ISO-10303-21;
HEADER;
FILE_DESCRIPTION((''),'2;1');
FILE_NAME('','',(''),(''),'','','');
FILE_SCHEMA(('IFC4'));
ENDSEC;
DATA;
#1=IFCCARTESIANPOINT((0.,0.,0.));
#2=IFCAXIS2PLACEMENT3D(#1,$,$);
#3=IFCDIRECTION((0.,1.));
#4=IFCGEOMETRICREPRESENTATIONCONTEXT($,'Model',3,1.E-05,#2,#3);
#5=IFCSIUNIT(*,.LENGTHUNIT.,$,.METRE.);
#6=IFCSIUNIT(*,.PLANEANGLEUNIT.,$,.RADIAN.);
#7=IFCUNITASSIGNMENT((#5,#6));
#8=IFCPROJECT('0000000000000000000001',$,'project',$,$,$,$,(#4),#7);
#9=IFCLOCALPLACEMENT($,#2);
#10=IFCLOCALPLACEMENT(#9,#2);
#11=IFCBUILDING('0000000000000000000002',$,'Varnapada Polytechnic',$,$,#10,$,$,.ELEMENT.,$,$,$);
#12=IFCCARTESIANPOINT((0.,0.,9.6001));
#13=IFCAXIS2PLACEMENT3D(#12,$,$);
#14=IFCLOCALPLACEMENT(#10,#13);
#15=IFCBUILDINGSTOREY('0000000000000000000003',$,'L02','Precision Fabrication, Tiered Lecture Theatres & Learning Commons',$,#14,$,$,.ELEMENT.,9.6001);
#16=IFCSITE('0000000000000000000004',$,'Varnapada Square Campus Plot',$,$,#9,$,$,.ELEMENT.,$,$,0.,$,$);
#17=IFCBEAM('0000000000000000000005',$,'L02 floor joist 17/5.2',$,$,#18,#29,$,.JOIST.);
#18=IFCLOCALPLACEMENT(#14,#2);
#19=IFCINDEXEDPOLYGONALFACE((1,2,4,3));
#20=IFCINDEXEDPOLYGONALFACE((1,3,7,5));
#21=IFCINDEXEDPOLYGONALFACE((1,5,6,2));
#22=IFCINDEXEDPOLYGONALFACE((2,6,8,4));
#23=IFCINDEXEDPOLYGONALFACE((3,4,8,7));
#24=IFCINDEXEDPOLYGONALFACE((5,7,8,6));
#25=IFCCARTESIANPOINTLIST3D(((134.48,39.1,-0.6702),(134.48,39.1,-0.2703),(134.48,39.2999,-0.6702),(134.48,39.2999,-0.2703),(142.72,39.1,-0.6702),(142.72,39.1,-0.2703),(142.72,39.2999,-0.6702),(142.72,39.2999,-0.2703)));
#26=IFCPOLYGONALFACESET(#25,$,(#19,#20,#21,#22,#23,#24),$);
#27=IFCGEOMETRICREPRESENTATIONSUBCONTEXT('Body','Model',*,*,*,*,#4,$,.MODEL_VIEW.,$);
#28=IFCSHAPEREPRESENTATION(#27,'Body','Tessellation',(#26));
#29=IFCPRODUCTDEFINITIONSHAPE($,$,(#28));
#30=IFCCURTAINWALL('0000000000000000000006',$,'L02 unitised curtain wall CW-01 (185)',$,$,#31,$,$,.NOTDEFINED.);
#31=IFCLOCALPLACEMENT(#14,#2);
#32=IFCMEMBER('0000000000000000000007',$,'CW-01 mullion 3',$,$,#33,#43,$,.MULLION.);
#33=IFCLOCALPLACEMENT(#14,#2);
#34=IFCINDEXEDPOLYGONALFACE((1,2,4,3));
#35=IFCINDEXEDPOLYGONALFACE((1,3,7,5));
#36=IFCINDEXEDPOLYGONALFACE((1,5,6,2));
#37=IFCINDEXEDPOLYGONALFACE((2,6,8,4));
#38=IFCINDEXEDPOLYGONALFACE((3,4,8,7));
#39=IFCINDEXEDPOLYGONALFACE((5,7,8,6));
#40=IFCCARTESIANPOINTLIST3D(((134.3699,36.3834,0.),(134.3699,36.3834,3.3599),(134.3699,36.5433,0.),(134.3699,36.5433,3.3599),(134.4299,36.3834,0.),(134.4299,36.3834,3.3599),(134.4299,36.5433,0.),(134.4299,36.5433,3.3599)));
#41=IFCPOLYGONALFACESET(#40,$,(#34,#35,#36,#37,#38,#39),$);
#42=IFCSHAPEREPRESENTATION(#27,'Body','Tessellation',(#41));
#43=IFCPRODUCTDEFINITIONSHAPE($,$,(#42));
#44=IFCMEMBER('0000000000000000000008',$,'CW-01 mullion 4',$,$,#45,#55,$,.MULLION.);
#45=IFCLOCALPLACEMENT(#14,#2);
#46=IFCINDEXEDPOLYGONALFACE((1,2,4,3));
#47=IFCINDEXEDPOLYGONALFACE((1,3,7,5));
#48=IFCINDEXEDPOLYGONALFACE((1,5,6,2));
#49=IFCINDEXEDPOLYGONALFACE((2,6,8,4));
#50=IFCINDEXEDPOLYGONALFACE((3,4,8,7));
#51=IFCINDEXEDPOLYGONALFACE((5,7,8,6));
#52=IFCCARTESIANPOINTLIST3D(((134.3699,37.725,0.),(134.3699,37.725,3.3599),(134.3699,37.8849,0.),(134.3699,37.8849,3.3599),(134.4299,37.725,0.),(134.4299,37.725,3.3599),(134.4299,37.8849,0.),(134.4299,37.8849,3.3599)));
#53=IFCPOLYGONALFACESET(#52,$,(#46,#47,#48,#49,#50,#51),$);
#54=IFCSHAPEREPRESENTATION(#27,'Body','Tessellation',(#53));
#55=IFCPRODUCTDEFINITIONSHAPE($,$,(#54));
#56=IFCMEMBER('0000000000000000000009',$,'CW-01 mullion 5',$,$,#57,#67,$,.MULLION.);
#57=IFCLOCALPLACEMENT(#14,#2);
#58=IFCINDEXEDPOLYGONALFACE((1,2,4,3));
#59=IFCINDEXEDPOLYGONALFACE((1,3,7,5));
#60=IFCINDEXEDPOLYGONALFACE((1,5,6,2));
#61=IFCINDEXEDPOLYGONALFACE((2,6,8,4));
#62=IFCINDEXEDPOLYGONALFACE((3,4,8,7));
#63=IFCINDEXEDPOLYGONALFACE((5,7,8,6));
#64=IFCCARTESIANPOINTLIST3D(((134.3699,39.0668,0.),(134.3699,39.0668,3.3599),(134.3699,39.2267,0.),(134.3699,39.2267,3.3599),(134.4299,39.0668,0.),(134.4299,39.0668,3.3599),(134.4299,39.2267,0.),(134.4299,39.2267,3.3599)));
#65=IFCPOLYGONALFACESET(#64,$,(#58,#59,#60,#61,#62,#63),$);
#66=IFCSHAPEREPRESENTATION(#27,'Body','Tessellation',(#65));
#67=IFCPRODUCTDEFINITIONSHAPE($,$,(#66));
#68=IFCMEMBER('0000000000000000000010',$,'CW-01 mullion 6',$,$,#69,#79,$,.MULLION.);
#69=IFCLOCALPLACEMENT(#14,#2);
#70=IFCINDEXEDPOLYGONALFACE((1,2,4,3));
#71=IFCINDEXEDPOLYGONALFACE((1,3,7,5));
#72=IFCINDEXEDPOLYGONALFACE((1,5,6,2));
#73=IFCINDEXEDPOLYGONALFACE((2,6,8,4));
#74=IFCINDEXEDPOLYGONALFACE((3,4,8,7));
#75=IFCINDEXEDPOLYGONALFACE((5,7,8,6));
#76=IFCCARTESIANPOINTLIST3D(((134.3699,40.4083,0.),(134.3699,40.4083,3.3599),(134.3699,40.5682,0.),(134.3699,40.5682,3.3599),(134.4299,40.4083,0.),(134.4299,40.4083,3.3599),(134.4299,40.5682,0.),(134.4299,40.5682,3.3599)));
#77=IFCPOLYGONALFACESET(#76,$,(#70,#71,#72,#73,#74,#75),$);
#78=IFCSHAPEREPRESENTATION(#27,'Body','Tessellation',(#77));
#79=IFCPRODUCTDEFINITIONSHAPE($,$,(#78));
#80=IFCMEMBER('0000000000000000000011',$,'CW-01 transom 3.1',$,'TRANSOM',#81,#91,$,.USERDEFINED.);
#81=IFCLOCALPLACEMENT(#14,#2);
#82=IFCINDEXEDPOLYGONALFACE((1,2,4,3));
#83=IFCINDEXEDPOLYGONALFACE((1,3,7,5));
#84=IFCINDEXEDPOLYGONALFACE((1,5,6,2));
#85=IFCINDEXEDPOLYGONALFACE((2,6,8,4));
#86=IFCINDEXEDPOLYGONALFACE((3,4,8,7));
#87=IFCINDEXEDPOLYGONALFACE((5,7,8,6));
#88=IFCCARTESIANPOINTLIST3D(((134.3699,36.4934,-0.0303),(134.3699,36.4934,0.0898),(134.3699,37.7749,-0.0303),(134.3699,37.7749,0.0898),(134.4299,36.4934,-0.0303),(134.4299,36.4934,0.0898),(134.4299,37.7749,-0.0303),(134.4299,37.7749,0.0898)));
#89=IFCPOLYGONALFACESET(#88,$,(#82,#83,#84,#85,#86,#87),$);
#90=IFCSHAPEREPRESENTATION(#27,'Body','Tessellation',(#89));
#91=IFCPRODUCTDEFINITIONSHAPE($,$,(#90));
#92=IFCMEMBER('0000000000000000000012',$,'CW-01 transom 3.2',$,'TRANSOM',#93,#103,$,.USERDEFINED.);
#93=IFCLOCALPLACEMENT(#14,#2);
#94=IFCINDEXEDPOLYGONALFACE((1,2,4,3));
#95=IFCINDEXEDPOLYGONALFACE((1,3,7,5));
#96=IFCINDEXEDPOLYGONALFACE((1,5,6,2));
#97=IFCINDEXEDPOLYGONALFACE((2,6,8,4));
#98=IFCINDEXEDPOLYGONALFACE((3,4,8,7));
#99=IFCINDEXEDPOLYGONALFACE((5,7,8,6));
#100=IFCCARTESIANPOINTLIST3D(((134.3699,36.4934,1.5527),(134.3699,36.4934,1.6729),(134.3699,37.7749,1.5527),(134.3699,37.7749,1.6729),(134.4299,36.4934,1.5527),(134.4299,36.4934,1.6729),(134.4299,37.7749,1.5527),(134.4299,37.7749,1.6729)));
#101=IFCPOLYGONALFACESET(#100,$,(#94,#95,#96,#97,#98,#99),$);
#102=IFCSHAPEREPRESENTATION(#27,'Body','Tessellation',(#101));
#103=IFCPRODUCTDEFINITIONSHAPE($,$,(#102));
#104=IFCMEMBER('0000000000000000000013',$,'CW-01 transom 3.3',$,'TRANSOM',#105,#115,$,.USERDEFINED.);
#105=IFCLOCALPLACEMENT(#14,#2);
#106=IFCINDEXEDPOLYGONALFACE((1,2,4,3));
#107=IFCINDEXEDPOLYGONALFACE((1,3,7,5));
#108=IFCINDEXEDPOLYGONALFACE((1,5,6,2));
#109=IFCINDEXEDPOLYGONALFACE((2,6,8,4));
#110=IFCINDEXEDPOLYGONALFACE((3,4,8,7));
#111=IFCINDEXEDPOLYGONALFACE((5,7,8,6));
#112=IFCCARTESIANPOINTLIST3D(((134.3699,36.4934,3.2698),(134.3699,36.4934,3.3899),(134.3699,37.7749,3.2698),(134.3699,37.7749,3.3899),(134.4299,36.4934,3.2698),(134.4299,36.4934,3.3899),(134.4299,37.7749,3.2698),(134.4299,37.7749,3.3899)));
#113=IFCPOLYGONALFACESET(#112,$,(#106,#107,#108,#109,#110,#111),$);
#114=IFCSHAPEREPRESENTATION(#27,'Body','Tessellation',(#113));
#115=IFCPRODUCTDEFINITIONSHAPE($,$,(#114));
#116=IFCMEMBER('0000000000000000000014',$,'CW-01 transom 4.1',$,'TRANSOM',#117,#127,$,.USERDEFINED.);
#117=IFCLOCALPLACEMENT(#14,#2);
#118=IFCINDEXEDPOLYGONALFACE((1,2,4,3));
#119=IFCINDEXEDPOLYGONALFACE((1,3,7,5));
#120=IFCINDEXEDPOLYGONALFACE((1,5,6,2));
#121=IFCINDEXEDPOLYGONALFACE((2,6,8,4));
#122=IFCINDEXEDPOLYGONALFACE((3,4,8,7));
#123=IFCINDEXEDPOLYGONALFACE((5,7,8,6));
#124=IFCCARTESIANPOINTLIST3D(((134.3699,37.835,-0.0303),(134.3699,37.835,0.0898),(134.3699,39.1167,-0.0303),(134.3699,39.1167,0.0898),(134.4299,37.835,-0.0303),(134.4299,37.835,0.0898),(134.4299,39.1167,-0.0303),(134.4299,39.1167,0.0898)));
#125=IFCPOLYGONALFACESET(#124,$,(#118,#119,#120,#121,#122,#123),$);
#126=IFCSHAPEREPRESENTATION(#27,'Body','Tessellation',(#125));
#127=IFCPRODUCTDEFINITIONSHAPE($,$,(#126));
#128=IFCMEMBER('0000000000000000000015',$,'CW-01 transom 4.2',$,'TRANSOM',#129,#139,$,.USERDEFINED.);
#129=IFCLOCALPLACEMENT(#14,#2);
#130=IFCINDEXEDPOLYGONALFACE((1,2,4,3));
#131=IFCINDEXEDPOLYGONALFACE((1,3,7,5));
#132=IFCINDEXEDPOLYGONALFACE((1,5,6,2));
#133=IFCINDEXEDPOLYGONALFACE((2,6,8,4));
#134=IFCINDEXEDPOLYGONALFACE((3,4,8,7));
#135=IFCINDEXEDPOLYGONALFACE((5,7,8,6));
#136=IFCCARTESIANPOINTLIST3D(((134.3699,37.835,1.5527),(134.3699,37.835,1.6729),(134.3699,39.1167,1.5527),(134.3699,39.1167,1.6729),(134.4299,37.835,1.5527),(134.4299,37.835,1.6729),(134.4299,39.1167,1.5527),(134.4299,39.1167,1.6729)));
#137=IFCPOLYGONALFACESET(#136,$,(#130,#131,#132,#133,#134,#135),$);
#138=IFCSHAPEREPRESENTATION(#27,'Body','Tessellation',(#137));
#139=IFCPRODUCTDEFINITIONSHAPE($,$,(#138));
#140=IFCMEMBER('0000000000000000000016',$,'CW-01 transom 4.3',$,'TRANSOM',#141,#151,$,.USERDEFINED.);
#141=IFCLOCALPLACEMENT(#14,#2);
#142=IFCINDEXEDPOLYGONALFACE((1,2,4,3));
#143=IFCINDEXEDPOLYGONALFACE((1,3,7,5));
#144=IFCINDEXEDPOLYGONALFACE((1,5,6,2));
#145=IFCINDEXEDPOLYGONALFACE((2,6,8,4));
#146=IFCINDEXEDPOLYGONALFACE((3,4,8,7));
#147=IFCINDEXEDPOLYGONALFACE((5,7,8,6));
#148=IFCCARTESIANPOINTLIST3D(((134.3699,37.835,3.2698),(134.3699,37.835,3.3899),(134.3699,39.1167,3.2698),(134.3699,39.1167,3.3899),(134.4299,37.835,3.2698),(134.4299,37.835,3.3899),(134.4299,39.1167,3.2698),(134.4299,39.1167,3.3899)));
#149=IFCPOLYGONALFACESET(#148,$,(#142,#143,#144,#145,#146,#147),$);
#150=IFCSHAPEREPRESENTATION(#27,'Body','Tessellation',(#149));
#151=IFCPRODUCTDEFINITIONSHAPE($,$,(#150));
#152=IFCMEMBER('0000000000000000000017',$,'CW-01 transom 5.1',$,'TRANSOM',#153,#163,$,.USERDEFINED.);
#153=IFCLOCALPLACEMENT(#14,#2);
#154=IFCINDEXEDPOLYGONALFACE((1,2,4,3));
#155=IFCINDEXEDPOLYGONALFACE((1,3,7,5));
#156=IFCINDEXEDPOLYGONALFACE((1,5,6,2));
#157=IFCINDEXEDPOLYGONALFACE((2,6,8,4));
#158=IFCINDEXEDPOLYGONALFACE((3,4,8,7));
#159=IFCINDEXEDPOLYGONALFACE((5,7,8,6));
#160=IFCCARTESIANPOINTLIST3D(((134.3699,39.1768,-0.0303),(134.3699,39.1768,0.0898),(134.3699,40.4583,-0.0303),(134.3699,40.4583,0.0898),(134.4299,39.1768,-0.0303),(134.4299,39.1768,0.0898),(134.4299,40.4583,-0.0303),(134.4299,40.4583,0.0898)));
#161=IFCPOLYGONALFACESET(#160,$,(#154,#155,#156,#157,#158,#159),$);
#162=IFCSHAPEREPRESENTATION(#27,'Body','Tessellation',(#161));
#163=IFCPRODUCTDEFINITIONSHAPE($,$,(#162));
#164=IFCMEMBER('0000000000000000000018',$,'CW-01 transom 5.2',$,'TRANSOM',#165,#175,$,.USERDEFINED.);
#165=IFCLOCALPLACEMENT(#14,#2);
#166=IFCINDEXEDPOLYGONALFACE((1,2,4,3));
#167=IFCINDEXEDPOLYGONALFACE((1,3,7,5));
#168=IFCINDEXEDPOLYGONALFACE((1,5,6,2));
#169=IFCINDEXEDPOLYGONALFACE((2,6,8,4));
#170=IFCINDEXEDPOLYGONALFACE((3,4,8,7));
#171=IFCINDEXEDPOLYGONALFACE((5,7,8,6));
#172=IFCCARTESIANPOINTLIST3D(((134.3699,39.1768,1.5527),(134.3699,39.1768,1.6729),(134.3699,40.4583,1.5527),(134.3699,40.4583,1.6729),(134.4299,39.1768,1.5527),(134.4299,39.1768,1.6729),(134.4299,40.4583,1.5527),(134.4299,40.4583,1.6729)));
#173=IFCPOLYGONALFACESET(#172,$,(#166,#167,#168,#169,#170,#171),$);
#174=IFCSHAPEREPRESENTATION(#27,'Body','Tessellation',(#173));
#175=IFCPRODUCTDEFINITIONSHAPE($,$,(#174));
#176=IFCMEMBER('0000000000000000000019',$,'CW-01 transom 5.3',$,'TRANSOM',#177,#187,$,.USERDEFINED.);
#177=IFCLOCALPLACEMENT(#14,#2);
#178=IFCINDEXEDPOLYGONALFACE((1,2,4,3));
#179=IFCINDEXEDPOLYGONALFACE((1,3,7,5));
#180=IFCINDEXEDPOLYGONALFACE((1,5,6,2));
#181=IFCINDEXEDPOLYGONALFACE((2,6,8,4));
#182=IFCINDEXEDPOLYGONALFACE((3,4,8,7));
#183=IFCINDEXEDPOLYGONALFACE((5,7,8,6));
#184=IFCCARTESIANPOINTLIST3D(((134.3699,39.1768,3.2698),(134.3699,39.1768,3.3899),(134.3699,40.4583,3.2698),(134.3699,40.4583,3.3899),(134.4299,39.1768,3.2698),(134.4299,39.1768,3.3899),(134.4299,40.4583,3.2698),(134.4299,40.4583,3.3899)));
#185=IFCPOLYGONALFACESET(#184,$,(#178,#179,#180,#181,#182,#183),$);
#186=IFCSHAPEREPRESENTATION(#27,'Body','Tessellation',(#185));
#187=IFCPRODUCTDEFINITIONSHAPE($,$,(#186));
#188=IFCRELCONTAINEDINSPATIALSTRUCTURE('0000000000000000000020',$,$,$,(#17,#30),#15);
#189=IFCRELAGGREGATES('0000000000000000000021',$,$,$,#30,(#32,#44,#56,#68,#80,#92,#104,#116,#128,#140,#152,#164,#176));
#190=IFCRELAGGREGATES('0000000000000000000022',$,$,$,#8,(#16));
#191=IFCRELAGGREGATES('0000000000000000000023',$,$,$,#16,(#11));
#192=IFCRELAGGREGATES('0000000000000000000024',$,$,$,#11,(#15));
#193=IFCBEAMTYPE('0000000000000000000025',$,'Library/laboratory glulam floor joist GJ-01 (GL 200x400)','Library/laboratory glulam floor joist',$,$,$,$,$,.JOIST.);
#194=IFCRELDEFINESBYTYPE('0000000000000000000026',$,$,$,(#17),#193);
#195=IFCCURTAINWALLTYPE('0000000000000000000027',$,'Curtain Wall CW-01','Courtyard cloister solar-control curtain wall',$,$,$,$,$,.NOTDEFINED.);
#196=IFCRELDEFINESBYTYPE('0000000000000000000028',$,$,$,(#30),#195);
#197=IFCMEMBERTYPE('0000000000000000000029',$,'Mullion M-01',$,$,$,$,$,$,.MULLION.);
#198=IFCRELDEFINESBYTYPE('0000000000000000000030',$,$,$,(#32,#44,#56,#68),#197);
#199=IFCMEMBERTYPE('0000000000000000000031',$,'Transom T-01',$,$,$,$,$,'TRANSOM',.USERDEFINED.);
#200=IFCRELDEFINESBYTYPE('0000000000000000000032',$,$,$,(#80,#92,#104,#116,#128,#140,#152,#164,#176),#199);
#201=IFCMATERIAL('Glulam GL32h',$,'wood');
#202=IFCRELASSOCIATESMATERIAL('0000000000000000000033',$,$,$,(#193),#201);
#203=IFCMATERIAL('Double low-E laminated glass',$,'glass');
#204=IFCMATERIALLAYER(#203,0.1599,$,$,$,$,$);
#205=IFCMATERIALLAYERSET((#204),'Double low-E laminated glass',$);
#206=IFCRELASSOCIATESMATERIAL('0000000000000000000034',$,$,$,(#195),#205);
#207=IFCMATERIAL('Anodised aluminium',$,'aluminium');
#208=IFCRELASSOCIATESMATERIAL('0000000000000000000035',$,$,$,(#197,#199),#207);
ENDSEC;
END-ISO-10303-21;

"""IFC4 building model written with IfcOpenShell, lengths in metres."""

from ifc_helpers import new_model, si_unit, direction, frame, origin, origin_2d, place, context, subcontext, project, spatial, rectangle, extrude, material, layer, layer_set, material_profile, profile_set, type_object, element, aggregate, save


model = new_model("IFC4")

# Units and contexts
model_context = context("Model", 3, precision=1e-05, world=origin(), true_north=direction((0.0, 1.0)))
body_context = subcontext(model_context, "Body", "Model", "MODEL_VIEW")
ifc_project = project(units=[si_unit("LENGTHUNIT", "METRE"), si_unit("PLANEANGLEUNIT", "RADIAN")], contexts=[model_context])

# Site, building, storey
site_placement = place(None, origin())
site = spatial("IfcSite", under=ifc_project, at=site_placement, Name="Varnapada Square Campus Plot", CompositionType="ELEMENT", RefElevation=0.0)
building_placement = place(site_placement, origin())
building = spatial("IfcBuilding", under=site, at=building_placement, Name="Varnapada Polytechnic", CompositionType="ELEMENT")
storey_placement = place(building_placement, frame((0.0, 0.0, 9.6001)))
storey = spatial("IfcBuildingStorey", under=building, at=storey_placement, Name="L02", Description="Precision Fabrication, Tiered Lecture Theatres & Learning Commons", CompositionType="ELEMENT", Elevation=9.6001)

# Beam
ifc_material_1 = material(Name="Glulam GL32h", Category="wood")
ifc_material_profile_1 = material_profile(ifc_material_1, rectangle(XDim=0.2, YDim=0.3999, at=origin_2d()), Name="GL 200x400")
ifc_profile_set_1 = profile_set([ifc_material_profile_1], Name="Glulam GL32h")
beam_type = type_object("IfcBeamType", Name="Library/laboratory glulam floor joist GJ-01 (GL 200x400)", Description="Library/laboratory glulam floor joist", PredefinedType="JOIST", material=ifc_profile_set_1)
beam_placement = place(storey_placement, frame((134.48, 39.2, -0.4702), z_axis=(1.0, 0.0, 0.0), x_axis=(0.0, 1.0, 0.0)))
element("IfcBeam", 1, at=beam_placement, inside=storey, type_object=beam_type, Name="L02 floor joist 17/5.2", PredefinedType="JOIST", context=body_context, shape_type="SweptSolid", body=[
    extrude(rectangle(XDim=0.2, YDim=0.3999, at=origin_2d()), origin(), (0.0, 0.0, 1.0), 8.24),
])

# Curtain wall, members
ifc_material_2 = material(Name="Double low-E laminated glass", Category="glass")
ifc_layer_1 = layer(ifc_material_2, 0.1599)
ifc_layer_set_1 = layer_set([ifc_layer_1], Name="Double low-E laminated glass")
curtain_wall_type = type_object("IfcCurtainWallType", Name="Curtain Wall CW-01", Description="Courtyard cloister solar-control curtain wall", PredefinedType="NOTDEFINED", material=ifc_layer_set_1)
curtain_wall_placement = place(storey_placement, origin())
curtain_wall = element("IfcCurtainWall", 2, at=curtain_wall_placement, inside=storey, type_object=curtain_wall_type, Name="L02 unitised curtain wall CW-01 (185)", PredefinedType="NOTDEFINED")
ifc_material_3 = material(Name="Anodised aluminium", Category="aluminium")
ifc_material_profile_2 = material_profile(ifc_material_3, rectangle(XDim=0.0601, YDim=0.1599, at=origin_2d()), Name="ALU M60x160")
ifc_profile_set_2 = profile_set([ifc_material_profile_2], Name="Anodised aluminium")
member_type_1 = type_object("IfcMemberType", Name="Mullion M-01", PredefinedType="MULLION", material=ifc_profile_set_2)
member_1_placement = place(storey_placement, frame((134.3999, 36.4634, 0.0), z_axis=(0.0, 0.0, 1.0), x_axis=(-1.0, 0.0, 0.0)))
member_1 = element("IfcMember", 3, at=member_1_placement, type_object=member_type_1, Name="CW-01 mullion 3", PredefinedType="MULLION", context=body_context, shape_type="SweptSolid", body=[
    extrude(rectangle(XDim=0.0601, YDim=0.1599, at=origin_2d()), origin(), (0.0, 0.0, 1.0), 3.3599),
])
member_2_placement = place(storey_placement, frame((134.3999, 37.8049, 0.0), z_axis=(0.0, 0.0, 1.0), x_axis=(-1.0, 0.0, 0.0)))
member_2 = element("IfcMember", 4, at=member_2_placement, type_object=member_type_1, Name="CW-01 mullion 4", PredefinedType="MULLION", context=body_context, shape_type="SweptSolid", body=[
    extrude(rectangle(XDim=0.0601, YDim=0.1599, at=origin_2d()), origin(), (0.0, 0.0, 1.0), 3.3599),
])
member_3_placement = place(storey_placement, frame((134.3999, 39.1467, 0.0), z_axis=(0.0, 0.0, 1.0), x_axis=(-1.0, 0.0, 0.0)))
member_3 = element("IfcMember", 5, at=member_3_placement, type_object=member_type_1, Name="CW-01 mullion 5", PredefinedType="MULLION", context=body_context, shape_type="SweptSolid", body=[
    extrude(rectangle(XDim=0.0601, YDim=0.1599, at=origin_2d()), origin(), (0.0, 0.0, 1.0), 3.3599),
])
member_4_placement = place(storey_placement, frame((134.3999, 40.4883, 0.0), z_axis=(0.0, 0.0, 1.0), x_axis=(-1.0, 0.0, 0.0)))
member_4 = element("IfcMember", 6, at=member_4_placement, type_object=member_type_1, Name="CW-01 mullion 6", PredefinedType="MULLION", context=body_context, shape_type="SweptSolid", body=[
    extrude(rectangle(XDim=0.0601, YDim=0.1599, at=origin_2d()), origin(), (0.0, 0.0, 1.0), 3.3599),
])
ifc_material_profile_3 = material_profile(ifc_material_3, rectangle(XDim=0.0601, YDim=0.1201, at=origin_2d()), Name="ALU T60x120")
ifc_profile_set_3 = profile_set([ifc_material_profile_3], Name="Anodised aluminium")
member_type_2 = type_object("IfcMemberType", Name="Transom T-01", ElementType="TRANSOM", PredefinedType="USERDEFINED", material=ifc_profile_set_3)
member_5_placement = place(storey_placement, frame((134.3999, 36.4934, 0.0298), z_axis=(0.0, 1.0, 0.0), x_axis=(-1.0, 0.0, 0.0)))
member_5 = element("IfcMember", 7, at=member_5_placement, type_object=member_type_2, Name="CW-01 transom 3.1", ObjectType="TRANSOM", PredefinedType="USERDEFINED", context=body_context, shape_type="SweptSolid", body=[
    extrude(rectangle(XDim=0.0601, YDim=0.1201, at=origin_2d()), origin(), (0.0, 0.0, 1.0), 1.2815),
])
member_6_placement = place(storey_placement, frame((134.3999, 36.4934, 1.6128), z_axis=(0.0, 1.0, 0.0), x_axis=(-1.0, 0.0, 0.0)))
member_6 = element("IfcMember", 8, at=member_6_placement, type_object=member_type_2, Name="CW-01 transom 3.2", ObjectType="TRANSOM", PredefinedType="USERDEFINED", context=body_context, shape_type="SweptSolid", body=[
    extrude(rectangle(XDim=0.0601, YDim=0.1201, at=origin_2d()), origin(), (0.0, 0.0, 1.0), 1.2815),
])
member_7_placement = place(storey_placement, frame((134.3999, 36.4934, 3.3298), z_axis=(0.0, 1.0, 0.0), x_axis=(-1.0, 0.0, 0.0)))
member_7 = element("IfcMember", 9, at=member_7_placement, type_object=member_type_2, Name="CW-01 transom 3.3", ObjectType="TRANSOM", PredefinedType="USERDEFINED", context=body_context, shape_type="SweptSolid", body=[
    extrude(rectangle(XDim=0.0601, YDim=0.1201, at=origin_2d()), origin(), (0.0, 0.0, 1.0), 1.2815),
])
member_8_placement = place(storey_placement, frame((134.3999, 37.835, 0.0298), z_axis=(0.0, 1.0, 0.0), x_axis=(-1.0, 0.0, 0.0)))
member_8 = element("IfcMember", 10, at=member_8_placement, type_object=member_type_2, Name="CW-01 transom 4.1", ObjectType="TRANSOM", PredefinedType="USERDEFINED", context=body_context, shape_type="SweptSolid", body=[
    extrude(rectangle(XDim=0.0601, YDim=0.1201, at=origin_2d()), origin(), (0.0, 0.0, 1.0), 1.2817),
])
member_9_placement = place(storey_placement, frame((134.3999, 37.835, 1.6128), z_axis=(0.0, 1.0, 0.0), x_axis=(-1.0, 0.0, 0.0)))
member_9 = element("IfcMember", 11, at=member_9_placement, type_object=member_type_2, Name="CW-01 transom 4.2", ObjectType="TRANSOM", PredefinedType="USERDEFINED", context=body_context, shape_type="SweptSolid", body=[
    extrude(rectangle(XDim=0.0601, YDim=0.1201, at=origin_2d()), origin(), (0.0, 0.0, 1.0), 1.2817),
])
member_10_placement = place(storey_placement, frame((134.3999, 37.835, 3.3298), z_axis=(0.0, 1.0, 0.0), x_axis=(-1.0, 0.0, 0.0)))
member_10 = element("IfcMember", 12, at=member_10_placement, type_object=member_type_2, Name="CW-01 transom 4.3", ObjectType="TRANSOM", PredefinedType="USERDEFINED", context=body_context, shape_type="SweptSolid", body=[
    extrude(rectangle(XDim=0.0601, YDim=0.1201, at=origin_2d()), origin(), (0.0, 0.0, 1.0), 1.2817),
])
member_11_placement = place(storey_placement, frame((134.3999, 39.1768, 0.0298), z_axis=(0.0, 1.0, 0.0), x_axis=(-1.0, 0.0, 0.0)))
member_11 = element("IfcMember", 13, at=member_11_placement, type_object=member_type_2, Name="CW-01 transom 5.1", ObjectType="TRANSOM", PredefinedType="USERDEFINED", context=body_context, shape_type="SweptSolid", body=[
    extrude(rectangle(XDim=0.0601, YDim=0.1201, at=origin_2d()), origin(), (0.0, 0.0, 1.0), 1.2815),
])
member_12_placement = place(storey_placement, frame((134.3999, 39.1768, 1.6128), z_axis=(0.0, 1.0, 0.0), x_axis=(-1.0, 0.0, 0.0)))
member_12 = element("IfcMember", 14, at=member_12_placement, type_object=member_type_2, Name="CW-01 transom 5.2", ObjectType="TRANSOM", PredefinedType="USERDEFINED", context=body_context, shape_type="SweptSolid", body=[
    extrude(rectangle(XDim=0.0601, YDim=0.1201, at=origin_2d()), origin(), (0.0, 0.0, 1.0), 1.2815),
])
member_13_placement = place(storey_placement, frame((134.3999, 39.1768, 3.3298), z_axis=(0.0, 1.0, 0.0), x_axis=(-1.0, 0.0, 0.0)))
member_13 = element("IfcMember", 15, at=member_13_placement, type_object=member_type_2, Name="CW-01 transom 5.3", ObjectType="TRANSOM", PredefinedType="USERDEFINED", context=body_context, shape_type="SweptSolid", body=[
    extrude(rectangle(XDim=0.0601, YDim=0.1201, at=origin_2d()), origin(), (0.0, 0.0, 1.0), 1.2815),
])
aggregate(curtain_wall, [member_1, member_2, member_3, member_4, member_5, member_6, member_7, member_8, member_9, member_10, member_11, member_12, member_13])

save(model, "model.ifc")
